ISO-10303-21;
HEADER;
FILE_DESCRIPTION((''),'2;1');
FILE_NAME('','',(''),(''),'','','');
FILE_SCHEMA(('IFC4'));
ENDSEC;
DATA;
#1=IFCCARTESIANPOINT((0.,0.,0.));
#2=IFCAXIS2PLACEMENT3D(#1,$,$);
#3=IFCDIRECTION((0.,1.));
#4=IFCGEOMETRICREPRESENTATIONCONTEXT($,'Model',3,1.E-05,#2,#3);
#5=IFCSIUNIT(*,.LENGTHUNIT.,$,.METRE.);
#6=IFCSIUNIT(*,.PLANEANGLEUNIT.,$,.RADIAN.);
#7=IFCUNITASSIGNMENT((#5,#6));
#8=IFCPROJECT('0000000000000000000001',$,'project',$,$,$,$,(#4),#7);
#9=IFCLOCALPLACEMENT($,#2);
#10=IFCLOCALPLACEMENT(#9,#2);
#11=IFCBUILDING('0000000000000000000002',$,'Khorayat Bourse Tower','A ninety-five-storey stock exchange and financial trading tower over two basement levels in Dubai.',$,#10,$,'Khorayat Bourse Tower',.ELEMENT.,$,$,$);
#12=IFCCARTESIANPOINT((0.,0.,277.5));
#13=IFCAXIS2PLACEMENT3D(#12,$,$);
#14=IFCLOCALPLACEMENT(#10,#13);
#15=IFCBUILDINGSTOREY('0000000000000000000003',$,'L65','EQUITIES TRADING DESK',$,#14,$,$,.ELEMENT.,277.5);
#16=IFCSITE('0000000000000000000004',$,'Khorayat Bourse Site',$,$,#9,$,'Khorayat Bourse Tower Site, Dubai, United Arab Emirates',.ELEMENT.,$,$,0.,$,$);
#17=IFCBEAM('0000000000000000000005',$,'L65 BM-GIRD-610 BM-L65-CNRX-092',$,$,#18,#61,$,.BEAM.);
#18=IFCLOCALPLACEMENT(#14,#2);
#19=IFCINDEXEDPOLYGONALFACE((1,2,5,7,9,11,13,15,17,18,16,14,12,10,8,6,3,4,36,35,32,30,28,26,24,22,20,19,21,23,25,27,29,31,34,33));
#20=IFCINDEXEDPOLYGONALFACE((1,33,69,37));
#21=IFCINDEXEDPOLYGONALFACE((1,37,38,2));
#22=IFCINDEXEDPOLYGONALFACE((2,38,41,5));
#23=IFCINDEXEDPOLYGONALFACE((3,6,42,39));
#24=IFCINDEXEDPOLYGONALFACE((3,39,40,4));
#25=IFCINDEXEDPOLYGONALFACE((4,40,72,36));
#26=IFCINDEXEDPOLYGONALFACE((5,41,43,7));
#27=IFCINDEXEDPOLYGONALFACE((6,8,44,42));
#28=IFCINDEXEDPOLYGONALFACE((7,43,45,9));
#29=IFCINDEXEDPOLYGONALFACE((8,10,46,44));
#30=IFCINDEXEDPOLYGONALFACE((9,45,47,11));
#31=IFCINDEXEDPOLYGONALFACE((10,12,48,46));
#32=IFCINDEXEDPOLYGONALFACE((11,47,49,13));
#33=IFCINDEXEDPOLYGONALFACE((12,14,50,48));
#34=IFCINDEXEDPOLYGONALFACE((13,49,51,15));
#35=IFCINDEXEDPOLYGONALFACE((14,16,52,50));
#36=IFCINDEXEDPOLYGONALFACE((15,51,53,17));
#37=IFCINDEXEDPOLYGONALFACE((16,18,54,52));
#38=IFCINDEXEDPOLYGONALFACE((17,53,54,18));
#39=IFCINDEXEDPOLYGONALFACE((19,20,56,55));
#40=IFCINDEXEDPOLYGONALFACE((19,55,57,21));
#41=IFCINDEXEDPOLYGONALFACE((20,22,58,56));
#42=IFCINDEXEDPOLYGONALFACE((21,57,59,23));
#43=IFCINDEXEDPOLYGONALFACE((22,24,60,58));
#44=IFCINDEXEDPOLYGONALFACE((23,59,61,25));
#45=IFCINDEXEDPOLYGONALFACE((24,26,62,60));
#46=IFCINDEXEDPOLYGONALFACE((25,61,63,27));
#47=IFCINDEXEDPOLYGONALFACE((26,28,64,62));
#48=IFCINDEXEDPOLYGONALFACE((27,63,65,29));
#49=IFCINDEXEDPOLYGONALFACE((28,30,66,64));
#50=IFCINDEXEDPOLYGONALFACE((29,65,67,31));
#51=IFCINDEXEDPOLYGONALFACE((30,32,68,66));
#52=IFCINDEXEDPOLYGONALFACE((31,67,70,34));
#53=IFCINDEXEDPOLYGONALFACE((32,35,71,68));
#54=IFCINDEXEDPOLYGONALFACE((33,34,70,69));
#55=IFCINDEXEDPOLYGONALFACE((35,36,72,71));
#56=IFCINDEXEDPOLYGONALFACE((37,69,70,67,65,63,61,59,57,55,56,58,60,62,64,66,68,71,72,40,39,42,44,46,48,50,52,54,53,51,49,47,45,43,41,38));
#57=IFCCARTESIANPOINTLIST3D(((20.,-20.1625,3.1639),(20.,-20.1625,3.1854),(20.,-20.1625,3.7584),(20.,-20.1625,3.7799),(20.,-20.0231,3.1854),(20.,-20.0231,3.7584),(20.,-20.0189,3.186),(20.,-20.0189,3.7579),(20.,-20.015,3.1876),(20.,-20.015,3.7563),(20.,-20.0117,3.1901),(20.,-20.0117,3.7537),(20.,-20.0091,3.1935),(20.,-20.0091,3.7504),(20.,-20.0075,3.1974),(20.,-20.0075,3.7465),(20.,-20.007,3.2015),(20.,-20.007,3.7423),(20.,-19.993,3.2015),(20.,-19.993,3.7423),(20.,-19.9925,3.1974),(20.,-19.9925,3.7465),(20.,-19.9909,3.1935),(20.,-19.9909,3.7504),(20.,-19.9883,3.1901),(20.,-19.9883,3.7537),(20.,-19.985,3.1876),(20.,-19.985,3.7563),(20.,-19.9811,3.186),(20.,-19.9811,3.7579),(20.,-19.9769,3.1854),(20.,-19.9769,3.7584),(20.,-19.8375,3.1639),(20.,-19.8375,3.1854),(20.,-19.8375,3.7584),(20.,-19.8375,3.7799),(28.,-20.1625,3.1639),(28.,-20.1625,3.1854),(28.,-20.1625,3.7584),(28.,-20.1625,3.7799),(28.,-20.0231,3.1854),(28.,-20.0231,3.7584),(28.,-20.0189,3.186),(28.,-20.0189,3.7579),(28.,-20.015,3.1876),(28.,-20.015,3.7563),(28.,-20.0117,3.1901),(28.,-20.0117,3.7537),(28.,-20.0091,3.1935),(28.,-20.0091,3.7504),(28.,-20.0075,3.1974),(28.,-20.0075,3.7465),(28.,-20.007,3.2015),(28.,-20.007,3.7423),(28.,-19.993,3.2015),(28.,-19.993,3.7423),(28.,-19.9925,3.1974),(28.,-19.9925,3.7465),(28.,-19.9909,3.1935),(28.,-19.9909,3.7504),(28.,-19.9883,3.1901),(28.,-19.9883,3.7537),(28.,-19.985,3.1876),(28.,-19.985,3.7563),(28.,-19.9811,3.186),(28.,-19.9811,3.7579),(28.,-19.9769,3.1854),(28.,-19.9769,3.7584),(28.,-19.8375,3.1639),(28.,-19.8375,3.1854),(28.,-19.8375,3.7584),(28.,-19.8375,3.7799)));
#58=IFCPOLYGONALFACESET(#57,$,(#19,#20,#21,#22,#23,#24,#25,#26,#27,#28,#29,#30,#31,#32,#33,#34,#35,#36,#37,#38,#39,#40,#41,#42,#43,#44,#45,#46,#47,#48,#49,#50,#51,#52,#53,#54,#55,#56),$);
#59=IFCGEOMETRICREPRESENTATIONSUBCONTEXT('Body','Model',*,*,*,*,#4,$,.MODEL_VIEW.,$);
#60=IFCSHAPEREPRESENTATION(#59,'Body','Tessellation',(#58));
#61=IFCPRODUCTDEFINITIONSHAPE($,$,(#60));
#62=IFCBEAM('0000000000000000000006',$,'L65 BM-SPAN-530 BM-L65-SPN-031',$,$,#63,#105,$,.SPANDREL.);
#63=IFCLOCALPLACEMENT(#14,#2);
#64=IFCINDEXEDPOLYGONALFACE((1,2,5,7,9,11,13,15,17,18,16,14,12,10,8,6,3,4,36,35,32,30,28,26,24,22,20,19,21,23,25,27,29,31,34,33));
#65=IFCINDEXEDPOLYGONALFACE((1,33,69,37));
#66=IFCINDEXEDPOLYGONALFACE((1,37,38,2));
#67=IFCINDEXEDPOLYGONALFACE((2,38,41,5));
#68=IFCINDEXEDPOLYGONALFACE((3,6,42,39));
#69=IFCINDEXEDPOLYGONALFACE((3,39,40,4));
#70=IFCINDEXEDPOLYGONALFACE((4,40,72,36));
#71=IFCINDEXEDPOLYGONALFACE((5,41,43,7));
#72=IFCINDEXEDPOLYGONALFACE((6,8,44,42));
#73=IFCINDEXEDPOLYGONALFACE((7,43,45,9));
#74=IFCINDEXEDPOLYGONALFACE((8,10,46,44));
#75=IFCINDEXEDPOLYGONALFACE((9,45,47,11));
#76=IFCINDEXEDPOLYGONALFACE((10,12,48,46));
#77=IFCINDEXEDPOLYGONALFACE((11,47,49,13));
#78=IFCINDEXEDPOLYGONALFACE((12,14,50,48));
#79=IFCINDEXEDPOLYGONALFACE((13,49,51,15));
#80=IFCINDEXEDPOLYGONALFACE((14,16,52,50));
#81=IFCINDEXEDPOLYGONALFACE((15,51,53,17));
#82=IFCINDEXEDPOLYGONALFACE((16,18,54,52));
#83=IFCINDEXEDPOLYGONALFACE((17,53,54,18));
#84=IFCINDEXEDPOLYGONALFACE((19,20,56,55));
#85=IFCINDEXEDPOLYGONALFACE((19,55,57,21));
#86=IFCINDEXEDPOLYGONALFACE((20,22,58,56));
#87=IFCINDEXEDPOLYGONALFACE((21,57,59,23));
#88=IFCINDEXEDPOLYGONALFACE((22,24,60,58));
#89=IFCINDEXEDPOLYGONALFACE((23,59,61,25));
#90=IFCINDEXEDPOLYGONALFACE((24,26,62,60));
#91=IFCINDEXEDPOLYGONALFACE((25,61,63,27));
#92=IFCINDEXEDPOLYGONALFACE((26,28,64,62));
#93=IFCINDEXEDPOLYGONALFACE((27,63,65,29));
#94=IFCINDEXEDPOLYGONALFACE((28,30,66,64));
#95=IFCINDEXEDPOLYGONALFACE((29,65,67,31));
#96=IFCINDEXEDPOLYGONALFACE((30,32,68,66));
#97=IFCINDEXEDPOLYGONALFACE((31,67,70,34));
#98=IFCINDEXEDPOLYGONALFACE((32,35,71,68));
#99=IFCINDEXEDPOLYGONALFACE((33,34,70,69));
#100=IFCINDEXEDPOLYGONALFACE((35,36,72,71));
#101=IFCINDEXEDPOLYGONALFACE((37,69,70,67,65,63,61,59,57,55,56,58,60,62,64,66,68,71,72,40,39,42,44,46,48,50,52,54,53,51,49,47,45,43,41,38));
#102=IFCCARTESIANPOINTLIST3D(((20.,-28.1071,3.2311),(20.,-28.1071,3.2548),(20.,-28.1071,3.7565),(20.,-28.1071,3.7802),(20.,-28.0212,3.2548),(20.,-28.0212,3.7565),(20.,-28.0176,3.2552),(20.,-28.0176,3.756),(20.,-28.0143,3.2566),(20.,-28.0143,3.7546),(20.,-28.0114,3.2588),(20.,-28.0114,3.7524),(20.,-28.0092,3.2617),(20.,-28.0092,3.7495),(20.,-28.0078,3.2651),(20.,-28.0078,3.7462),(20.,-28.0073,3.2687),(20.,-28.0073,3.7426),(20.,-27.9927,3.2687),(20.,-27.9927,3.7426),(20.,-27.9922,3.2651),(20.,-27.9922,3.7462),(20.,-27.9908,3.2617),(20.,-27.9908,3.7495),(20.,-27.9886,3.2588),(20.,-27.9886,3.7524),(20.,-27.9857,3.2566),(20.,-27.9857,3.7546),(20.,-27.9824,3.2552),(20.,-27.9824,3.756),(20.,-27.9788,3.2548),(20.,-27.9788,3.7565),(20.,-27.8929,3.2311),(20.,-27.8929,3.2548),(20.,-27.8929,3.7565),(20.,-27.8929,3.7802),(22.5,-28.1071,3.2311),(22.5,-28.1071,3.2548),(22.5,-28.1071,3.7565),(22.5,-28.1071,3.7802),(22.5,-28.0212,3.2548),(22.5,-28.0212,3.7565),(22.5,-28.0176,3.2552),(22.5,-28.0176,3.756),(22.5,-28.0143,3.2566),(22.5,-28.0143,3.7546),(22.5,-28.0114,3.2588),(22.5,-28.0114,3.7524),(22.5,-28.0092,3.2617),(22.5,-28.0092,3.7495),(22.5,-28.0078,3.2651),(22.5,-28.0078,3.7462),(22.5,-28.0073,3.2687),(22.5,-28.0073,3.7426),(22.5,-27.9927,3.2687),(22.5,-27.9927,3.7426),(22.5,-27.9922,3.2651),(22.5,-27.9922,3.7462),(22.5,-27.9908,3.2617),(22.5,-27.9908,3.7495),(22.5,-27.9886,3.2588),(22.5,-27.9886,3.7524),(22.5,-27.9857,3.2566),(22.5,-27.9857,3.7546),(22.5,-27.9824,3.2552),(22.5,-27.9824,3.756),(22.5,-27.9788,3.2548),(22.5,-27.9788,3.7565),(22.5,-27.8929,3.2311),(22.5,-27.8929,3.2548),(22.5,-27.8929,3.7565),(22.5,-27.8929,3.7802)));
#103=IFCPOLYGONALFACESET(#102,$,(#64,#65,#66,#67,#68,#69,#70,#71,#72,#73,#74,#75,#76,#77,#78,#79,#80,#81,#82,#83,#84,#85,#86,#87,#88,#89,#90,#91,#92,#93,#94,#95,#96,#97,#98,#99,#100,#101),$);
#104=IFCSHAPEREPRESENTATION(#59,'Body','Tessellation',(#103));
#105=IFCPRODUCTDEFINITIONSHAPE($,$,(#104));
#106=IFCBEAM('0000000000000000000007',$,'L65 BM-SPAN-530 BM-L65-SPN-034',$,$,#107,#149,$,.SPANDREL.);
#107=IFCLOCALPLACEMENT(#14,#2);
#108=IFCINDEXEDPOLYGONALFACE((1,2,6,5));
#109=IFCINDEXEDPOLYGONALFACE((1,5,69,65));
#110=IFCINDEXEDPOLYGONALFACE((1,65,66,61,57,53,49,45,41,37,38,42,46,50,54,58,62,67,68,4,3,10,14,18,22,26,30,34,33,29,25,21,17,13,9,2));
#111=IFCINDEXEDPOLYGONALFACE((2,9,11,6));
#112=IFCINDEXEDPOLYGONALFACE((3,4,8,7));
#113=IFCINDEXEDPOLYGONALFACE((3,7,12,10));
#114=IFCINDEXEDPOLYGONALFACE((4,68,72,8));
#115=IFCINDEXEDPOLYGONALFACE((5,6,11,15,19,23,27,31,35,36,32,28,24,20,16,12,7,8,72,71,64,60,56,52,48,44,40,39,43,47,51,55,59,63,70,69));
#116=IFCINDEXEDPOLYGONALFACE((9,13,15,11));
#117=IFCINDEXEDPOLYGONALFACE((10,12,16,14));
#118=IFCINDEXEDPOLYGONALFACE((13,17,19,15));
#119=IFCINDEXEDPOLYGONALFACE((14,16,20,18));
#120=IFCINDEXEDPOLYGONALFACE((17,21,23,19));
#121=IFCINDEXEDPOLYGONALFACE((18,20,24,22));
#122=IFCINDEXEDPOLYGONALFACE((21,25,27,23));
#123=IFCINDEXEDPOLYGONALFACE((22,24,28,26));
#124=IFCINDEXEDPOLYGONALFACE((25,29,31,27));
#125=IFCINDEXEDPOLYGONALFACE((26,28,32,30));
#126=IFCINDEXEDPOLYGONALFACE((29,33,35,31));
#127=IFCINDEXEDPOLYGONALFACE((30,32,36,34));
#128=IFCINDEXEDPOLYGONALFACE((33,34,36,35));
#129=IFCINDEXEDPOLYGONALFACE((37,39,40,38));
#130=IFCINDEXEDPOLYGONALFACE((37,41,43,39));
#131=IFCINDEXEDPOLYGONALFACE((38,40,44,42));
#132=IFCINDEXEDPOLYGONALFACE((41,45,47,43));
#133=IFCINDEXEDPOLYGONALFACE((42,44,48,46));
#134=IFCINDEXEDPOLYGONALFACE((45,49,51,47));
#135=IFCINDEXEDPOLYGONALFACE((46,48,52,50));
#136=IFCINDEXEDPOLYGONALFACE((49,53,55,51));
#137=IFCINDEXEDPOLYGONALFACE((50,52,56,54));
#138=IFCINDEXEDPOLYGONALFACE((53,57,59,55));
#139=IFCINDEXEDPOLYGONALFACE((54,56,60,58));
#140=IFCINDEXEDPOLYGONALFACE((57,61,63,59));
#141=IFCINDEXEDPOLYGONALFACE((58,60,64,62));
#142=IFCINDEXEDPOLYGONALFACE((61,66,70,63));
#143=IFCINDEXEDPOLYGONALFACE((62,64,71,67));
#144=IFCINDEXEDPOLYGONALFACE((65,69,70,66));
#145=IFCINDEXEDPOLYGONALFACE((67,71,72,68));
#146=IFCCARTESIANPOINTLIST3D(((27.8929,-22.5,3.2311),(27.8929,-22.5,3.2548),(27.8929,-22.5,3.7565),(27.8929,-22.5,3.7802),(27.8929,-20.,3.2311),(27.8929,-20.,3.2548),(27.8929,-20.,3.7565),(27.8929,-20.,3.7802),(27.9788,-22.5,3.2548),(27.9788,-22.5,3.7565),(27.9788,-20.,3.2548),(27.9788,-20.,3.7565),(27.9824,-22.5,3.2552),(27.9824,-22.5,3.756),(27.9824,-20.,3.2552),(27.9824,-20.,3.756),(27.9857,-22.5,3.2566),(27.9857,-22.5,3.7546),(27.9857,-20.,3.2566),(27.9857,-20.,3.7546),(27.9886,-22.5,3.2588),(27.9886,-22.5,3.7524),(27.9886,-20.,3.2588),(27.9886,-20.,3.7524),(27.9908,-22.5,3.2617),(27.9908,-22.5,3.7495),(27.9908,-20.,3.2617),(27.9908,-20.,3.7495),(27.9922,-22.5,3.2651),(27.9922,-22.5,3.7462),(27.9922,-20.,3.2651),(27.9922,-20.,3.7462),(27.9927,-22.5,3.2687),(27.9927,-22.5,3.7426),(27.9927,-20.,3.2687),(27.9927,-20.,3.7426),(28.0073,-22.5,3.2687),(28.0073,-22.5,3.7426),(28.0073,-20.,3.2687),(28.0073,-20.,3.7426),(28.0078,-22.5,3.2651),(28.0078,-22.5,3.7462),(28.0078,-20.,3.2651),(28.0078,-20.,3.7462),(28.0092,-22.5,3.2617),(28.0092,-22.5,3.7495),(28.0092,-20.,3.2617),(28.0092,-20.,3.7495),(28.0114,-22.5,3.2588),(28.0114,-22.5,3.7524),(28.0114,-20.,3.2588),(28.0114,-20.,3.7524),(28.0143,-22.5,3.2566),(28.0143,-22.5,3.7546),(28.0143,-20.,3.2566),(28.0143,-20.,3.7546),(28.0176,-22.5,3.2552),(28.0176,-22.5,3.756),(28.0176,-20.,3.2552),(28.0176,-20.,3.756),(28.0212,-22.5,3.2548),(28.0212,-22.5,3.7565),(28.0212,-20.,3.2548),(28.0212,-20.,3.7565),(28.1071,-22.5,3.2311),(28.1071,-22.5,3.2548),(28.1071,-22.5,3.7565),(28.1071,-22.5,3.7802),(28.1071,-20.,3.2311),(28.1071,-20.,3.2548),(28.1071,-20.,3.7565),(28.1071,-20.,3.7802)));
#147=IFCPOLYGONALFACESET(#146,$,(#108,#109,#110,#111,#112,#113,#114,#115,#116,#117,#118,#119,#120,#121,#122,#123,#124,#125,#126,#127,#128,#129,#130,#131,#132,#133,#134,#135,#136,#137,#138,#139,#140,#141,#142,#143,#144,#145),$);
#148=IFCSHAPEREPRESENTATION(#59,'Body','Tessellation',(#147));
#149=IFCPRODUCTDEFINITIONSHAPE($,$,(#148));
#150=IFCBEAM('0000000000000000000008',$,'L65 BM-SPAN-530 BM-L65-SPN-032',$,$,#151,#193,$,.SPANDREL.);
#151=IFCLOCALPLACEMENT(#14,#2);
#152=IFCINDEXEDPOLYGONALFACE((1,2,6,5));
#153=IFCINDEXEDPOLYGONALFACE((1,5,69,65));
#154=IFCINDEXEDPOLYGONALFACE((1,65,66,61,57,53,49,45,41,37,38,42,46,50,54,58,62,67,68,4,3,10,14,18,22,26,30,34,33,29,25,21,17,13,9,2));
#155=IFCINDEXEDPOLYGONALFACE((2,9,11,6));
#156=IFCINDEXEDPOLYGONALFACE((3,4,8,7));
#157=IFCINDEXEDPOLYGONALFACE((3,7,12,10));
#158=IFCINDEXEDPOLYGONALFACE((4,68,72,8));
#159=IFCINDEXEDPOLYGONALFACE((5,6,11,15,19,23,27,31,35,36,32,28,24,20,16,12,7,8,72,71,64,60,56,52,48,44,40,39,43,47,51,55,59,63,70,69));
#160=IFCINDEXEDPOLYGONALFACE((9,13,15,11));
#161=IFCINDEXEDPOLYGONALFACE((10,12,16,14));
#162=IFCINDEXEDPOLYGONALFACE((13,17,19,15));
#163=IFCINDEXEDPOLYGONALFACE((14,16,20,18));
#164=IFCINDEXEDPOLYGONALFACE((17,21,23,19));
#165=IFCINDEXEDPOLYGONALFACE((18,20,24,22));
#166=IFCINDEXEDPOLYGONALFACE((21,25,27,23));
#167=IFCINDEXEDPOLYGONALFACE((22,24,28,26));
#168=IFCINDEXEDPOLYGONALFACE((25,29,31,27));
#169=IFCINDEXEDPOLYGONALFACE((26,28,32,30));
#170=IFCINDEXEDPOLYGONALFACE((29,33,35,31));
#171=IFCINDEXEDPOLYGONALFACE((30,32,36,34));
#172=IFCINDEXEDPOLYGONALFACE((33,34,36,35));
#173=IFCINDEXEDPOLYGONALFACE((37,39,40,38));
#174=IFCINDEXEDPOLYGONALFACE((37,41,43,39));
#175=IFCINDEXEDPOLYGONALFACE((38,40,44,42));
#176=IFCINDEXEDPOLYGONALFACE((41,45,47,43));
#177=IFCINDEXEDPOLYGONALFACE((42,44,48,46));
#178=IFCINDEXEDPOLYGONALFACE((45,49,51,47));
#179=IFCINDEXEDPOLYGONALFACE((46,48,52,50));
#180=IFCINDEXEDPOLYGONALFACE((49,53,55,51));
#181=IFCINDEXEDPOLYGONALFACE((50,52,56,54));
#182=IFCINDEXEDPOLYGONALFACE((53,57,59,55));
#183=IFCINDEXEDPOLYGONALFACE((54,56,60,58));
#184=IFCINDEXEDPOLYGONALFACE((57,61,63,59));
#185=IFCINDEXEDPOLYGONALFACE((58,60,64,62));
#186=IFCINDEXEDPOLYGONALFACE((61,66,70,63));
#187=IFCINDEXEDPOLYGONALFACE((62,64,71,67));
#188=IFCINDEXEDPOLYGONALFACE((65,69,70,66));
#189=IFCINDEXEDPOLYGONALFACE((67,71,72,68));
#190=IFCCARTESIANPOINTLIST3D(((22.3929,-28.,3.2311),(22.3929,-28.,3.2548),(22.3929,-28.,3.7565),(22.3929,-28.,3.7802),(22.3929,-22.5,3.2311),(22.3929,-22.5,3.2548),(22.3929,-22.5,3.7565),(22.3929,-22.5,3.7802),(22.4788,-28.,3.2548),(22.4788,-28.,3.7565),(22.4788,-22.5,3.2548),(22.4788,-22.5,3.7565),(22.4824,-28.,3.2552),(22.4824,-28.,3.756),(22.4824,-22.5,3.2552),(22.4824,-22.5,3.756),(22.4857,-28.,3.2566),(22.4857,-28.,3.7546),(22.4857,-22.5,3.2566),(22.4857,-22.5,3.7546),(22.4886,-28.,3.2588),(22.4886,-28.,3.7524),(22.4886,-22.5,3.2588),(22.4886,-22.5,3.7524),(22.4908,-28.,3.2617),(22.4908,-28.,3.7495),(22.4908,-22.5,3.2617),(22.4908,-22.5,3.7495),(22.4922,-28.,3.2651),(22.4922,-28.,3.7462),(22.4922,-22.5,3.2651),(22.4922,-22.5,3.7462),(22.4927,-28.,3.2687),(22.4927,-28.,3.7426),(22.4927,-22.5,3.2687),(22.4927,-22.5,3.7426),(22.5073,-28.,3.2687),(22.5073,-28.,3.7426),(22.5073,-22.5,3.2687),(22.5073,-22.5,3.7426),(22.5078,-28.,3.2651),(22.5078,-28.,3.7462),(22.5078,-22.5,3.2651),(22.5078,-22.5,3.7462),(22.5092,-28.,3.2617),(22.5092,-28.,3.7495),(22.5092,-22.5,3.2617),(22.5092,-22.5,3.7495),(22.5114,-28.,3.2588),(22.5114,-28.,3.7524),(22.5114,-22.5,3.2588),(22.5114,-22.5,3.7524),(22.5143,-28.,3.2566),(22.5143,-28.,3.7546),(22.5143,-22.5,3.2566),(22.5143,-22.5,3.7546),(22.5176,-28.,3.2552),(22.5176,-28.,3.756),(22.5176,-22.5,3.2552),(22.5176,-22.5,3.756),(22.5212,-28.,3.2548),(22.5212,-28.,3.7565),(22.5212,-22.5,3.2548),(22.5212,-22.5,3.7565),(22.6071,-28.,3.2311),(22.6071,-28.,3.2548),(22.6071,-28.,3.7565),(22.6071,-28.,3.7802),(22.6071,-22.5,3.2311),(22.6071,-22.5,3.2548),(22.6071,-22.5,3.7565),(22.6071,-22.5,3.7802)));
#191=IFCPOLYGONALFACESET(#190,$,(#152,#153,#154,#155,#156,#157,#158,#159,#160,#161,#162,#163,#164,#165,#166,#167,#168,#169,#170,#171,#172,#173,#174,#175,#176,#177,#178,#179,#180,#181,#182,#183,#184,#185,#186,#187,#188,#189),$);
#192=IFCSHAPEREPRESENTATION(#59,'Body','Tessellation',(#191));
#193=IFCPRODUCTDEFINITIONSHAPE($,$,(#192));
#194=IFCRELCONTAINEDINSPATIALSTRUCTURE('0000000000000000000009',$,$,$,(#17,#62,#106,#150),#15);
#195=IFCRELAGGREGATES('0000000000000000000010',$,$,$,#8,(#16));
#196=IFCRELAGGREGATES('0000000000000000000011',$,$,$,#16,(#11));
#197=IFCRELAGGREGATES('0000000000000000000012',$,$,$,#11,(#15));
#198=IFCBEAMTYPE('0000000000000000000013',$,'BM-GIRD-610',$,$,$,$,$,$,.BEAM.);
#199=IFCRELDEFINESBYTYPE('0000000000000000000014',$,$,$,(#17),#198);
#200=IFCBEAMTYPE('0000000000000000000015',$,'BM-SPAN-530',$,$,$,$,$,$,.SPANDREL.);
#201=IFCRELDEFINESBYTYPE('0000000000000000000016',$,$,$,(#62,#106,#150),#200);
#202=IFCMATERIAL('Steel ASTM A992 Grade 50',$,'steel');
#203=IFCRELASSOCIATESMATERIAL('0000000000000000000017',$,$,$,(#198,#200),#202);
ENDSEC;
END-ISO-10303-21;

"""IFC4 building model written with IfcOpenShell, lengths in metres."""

from ifc_helpers import new_model, si_unit, direction, frame, origin, origin_2d, place, context, subcontext, project, spatial, i_section, extrude, source, transform, mapped, material, material_profile, profile_set, type_object, element, save


model = new_model("IFC4")

# Units and contexts
model_context = context("Model", 3, precision=1e-05, world=origin(), true_north=direction((0.0, 1.0)))
body_context = subcontext(model_context, "Body", "Model", "MODEL_VIEW")
ifc_project = project(units=[si_unit("LENGTHUNIT", "METRE"), si_unit("PLANEANGLEUNIT", "RADIAN")], contexts=[model_context])

# Site, building, storey
site_placement = place(None, origin())
site = spatial("IfcSite", under=ifc_project, at=site_placement, Name="Khorayat Bourse Site", LongName="Khorayat Bourse Tower Site, Dubai, United Arab Emirates", CompositionType="ELEMENT", RefElevation=0.0)
building_placement = place(site_placement, origin())
building = spatial("IfcBuilding", under=site, at=building_placement, Name="Khorayat Bourse Tower", Description="A ninety-five-storey stock exchange and financial trading tower over two basement levels in Dubai.", LongName="Khorayat Bourse Tower", CompositionType="ELEMENT")
storey_placement = place(building_placement, frame((0.0, 0.0, 277.5)))
storey = spatial("IfcBuildingStorey", under=building, at=storey_placement, Name="L65", Description="EQUITIES TRADING DESK", CompositionType="ELEMENT", Elevation=277.5)

# Beams
ifc_material_1 = material(Name="Steel ASTM A992 Grade 50", Category="steel")
ifc_material_profile_1 = material_profile(ifc_material_1, i_section(OverallWidth=0.325, OverallDepth=0.616, WebThickness=0.0139, FlangeThickness=0.0215, FilletRadius=0.0161, at=origin_2d()), Name="W610X174")
ifc_profile_set_1 = profile_set([ifc_material_profile_1], Name="Steel ASTM A992 Grade 50")
beam_type_1 = type_object("IfcBeamType", Name="BM-GIRD-610", PredefinedType="BEAM", material=ifc_profile_set_1)
shared_shape_1 = source(origin(), body_context, "Body", "SweptSolid", [
    extrude(i_section(OverallWidth=0.325, OverallDepth=0.616, WebThickness=0.0139, FlangeThickness=0.0215, FilletRadius=0.0161, at=origin_2d()), origin(), (0.0, 0.0, 1.0), 8.0),
])
beam_1_placement = place(storey_placement, frame((20.0, -20.0, 3.4719), z_axis=(1.0, 0.0, 0.0), x_axis=(0.0, 1.0, 0.0)))
element("IfcBeam", 1, at=beam_1_placement, inside=storey, type_object=beam_type_1, Name="L65 BM-GIRD-610 BM-L65-CNRX-092", PredefinedType="BEAM", context=body_context, shape_type="MappedRepresentation", body=[
    mapped(shared_shape_1, transform((0.0, 0.0, 0.0), scale=1.0)),
])
ifc_material_profile_2 = material_profile(ifc_material_1, i_section(OverallWidth=0.2141, OverallDepth=0.5491, WebThickness=0.0146, FlangeThickness=0.0237, FilletRadius=0.0139, at=origin_2d()), Name="W530X138")
ifc_profile_set_2 = profile_set([ifc_material_profile_2], Name="Steel ASTM A992 Grade 50")
beam_type_2 = type_object("IfcBeamType", Name="BM-SPAN-530", PredefinedType="SPANDREL", material=ifc_profile_set_2)
shared_shape_2 = source(origin(), body_context, "Body", "SweptSolid", [
    extrude(i_section(OverallWidth=0.2141, OverallDepth=0.5491, WebThickness=0.0146, FlangeThickness=0.0237, FilletRadius=0.0139, at=origin_2d()), origin(), (0.0, 0.0, 1.0), 2.5),
])
for number, where, z_axis, x_axis, name in (
    (2, (20.0, -28.0, 3.5056), (1.0, 0.0, 0.0), (0.0, 1.0, 0.0), "L65 BM-SPAN-530 BM-L65-SPN-031"),
    (3, (28.0, -22.5, 3.5056), (0.0, 1.0, 0.0), (-1.0, 0.0, 0.0), "L65 BM-SPAN-530 BM-L65-SPN-034"),
):
    element("IfcBeam", number, at=place(storey_placement, frame(where, z_axis=z_axis, x_axis=x_axis)), inside=storey, type_object=beam_type_2, Name=name, PredefinedType="SPANDREL", context=body_context, shape_type="MappedRepresentation", body=[
        mapped(shared_shape_2, transform((0.0, 0.0, 0.0), scale=1.0)),
    ])
shared_shape_3 = source(origin(), body_context, "Body", "SweptSolid", [
    extrude(i_section(OverallWidth=0.2141, OverallDepth=0.5491, WebThickness=0.0146, FlangeThickness=0.0237, FilletRadius=0.0139, at=origin_2d()), origin(), (0.0, 0.0, 1.0), 5.5),
])
for number, where, z_axis, x_axis, name in (
    (4, (22.5, -28.0, 3.5056), (0.0, 1.0, 0.0), (-1.0, 0.0, 0.0), "L65 BM-SPAN-530 BM-L65-SPN-032"),
):
    element("IfcBeam", number, at=place(storey_placement, frame(where, z_axis=z_axis, x_axis=x_axis)), inside=storey, type_object=beam_type_2, Name=name, PredefinedType="SPANDREL", context=body_context, shape_type="MappedRepresentation", body=[
        mapped(shared_shape_3, transform((0.0, 0.0, 0.0), scale=1.0)),
    ])

save(model, "model.ifc")
